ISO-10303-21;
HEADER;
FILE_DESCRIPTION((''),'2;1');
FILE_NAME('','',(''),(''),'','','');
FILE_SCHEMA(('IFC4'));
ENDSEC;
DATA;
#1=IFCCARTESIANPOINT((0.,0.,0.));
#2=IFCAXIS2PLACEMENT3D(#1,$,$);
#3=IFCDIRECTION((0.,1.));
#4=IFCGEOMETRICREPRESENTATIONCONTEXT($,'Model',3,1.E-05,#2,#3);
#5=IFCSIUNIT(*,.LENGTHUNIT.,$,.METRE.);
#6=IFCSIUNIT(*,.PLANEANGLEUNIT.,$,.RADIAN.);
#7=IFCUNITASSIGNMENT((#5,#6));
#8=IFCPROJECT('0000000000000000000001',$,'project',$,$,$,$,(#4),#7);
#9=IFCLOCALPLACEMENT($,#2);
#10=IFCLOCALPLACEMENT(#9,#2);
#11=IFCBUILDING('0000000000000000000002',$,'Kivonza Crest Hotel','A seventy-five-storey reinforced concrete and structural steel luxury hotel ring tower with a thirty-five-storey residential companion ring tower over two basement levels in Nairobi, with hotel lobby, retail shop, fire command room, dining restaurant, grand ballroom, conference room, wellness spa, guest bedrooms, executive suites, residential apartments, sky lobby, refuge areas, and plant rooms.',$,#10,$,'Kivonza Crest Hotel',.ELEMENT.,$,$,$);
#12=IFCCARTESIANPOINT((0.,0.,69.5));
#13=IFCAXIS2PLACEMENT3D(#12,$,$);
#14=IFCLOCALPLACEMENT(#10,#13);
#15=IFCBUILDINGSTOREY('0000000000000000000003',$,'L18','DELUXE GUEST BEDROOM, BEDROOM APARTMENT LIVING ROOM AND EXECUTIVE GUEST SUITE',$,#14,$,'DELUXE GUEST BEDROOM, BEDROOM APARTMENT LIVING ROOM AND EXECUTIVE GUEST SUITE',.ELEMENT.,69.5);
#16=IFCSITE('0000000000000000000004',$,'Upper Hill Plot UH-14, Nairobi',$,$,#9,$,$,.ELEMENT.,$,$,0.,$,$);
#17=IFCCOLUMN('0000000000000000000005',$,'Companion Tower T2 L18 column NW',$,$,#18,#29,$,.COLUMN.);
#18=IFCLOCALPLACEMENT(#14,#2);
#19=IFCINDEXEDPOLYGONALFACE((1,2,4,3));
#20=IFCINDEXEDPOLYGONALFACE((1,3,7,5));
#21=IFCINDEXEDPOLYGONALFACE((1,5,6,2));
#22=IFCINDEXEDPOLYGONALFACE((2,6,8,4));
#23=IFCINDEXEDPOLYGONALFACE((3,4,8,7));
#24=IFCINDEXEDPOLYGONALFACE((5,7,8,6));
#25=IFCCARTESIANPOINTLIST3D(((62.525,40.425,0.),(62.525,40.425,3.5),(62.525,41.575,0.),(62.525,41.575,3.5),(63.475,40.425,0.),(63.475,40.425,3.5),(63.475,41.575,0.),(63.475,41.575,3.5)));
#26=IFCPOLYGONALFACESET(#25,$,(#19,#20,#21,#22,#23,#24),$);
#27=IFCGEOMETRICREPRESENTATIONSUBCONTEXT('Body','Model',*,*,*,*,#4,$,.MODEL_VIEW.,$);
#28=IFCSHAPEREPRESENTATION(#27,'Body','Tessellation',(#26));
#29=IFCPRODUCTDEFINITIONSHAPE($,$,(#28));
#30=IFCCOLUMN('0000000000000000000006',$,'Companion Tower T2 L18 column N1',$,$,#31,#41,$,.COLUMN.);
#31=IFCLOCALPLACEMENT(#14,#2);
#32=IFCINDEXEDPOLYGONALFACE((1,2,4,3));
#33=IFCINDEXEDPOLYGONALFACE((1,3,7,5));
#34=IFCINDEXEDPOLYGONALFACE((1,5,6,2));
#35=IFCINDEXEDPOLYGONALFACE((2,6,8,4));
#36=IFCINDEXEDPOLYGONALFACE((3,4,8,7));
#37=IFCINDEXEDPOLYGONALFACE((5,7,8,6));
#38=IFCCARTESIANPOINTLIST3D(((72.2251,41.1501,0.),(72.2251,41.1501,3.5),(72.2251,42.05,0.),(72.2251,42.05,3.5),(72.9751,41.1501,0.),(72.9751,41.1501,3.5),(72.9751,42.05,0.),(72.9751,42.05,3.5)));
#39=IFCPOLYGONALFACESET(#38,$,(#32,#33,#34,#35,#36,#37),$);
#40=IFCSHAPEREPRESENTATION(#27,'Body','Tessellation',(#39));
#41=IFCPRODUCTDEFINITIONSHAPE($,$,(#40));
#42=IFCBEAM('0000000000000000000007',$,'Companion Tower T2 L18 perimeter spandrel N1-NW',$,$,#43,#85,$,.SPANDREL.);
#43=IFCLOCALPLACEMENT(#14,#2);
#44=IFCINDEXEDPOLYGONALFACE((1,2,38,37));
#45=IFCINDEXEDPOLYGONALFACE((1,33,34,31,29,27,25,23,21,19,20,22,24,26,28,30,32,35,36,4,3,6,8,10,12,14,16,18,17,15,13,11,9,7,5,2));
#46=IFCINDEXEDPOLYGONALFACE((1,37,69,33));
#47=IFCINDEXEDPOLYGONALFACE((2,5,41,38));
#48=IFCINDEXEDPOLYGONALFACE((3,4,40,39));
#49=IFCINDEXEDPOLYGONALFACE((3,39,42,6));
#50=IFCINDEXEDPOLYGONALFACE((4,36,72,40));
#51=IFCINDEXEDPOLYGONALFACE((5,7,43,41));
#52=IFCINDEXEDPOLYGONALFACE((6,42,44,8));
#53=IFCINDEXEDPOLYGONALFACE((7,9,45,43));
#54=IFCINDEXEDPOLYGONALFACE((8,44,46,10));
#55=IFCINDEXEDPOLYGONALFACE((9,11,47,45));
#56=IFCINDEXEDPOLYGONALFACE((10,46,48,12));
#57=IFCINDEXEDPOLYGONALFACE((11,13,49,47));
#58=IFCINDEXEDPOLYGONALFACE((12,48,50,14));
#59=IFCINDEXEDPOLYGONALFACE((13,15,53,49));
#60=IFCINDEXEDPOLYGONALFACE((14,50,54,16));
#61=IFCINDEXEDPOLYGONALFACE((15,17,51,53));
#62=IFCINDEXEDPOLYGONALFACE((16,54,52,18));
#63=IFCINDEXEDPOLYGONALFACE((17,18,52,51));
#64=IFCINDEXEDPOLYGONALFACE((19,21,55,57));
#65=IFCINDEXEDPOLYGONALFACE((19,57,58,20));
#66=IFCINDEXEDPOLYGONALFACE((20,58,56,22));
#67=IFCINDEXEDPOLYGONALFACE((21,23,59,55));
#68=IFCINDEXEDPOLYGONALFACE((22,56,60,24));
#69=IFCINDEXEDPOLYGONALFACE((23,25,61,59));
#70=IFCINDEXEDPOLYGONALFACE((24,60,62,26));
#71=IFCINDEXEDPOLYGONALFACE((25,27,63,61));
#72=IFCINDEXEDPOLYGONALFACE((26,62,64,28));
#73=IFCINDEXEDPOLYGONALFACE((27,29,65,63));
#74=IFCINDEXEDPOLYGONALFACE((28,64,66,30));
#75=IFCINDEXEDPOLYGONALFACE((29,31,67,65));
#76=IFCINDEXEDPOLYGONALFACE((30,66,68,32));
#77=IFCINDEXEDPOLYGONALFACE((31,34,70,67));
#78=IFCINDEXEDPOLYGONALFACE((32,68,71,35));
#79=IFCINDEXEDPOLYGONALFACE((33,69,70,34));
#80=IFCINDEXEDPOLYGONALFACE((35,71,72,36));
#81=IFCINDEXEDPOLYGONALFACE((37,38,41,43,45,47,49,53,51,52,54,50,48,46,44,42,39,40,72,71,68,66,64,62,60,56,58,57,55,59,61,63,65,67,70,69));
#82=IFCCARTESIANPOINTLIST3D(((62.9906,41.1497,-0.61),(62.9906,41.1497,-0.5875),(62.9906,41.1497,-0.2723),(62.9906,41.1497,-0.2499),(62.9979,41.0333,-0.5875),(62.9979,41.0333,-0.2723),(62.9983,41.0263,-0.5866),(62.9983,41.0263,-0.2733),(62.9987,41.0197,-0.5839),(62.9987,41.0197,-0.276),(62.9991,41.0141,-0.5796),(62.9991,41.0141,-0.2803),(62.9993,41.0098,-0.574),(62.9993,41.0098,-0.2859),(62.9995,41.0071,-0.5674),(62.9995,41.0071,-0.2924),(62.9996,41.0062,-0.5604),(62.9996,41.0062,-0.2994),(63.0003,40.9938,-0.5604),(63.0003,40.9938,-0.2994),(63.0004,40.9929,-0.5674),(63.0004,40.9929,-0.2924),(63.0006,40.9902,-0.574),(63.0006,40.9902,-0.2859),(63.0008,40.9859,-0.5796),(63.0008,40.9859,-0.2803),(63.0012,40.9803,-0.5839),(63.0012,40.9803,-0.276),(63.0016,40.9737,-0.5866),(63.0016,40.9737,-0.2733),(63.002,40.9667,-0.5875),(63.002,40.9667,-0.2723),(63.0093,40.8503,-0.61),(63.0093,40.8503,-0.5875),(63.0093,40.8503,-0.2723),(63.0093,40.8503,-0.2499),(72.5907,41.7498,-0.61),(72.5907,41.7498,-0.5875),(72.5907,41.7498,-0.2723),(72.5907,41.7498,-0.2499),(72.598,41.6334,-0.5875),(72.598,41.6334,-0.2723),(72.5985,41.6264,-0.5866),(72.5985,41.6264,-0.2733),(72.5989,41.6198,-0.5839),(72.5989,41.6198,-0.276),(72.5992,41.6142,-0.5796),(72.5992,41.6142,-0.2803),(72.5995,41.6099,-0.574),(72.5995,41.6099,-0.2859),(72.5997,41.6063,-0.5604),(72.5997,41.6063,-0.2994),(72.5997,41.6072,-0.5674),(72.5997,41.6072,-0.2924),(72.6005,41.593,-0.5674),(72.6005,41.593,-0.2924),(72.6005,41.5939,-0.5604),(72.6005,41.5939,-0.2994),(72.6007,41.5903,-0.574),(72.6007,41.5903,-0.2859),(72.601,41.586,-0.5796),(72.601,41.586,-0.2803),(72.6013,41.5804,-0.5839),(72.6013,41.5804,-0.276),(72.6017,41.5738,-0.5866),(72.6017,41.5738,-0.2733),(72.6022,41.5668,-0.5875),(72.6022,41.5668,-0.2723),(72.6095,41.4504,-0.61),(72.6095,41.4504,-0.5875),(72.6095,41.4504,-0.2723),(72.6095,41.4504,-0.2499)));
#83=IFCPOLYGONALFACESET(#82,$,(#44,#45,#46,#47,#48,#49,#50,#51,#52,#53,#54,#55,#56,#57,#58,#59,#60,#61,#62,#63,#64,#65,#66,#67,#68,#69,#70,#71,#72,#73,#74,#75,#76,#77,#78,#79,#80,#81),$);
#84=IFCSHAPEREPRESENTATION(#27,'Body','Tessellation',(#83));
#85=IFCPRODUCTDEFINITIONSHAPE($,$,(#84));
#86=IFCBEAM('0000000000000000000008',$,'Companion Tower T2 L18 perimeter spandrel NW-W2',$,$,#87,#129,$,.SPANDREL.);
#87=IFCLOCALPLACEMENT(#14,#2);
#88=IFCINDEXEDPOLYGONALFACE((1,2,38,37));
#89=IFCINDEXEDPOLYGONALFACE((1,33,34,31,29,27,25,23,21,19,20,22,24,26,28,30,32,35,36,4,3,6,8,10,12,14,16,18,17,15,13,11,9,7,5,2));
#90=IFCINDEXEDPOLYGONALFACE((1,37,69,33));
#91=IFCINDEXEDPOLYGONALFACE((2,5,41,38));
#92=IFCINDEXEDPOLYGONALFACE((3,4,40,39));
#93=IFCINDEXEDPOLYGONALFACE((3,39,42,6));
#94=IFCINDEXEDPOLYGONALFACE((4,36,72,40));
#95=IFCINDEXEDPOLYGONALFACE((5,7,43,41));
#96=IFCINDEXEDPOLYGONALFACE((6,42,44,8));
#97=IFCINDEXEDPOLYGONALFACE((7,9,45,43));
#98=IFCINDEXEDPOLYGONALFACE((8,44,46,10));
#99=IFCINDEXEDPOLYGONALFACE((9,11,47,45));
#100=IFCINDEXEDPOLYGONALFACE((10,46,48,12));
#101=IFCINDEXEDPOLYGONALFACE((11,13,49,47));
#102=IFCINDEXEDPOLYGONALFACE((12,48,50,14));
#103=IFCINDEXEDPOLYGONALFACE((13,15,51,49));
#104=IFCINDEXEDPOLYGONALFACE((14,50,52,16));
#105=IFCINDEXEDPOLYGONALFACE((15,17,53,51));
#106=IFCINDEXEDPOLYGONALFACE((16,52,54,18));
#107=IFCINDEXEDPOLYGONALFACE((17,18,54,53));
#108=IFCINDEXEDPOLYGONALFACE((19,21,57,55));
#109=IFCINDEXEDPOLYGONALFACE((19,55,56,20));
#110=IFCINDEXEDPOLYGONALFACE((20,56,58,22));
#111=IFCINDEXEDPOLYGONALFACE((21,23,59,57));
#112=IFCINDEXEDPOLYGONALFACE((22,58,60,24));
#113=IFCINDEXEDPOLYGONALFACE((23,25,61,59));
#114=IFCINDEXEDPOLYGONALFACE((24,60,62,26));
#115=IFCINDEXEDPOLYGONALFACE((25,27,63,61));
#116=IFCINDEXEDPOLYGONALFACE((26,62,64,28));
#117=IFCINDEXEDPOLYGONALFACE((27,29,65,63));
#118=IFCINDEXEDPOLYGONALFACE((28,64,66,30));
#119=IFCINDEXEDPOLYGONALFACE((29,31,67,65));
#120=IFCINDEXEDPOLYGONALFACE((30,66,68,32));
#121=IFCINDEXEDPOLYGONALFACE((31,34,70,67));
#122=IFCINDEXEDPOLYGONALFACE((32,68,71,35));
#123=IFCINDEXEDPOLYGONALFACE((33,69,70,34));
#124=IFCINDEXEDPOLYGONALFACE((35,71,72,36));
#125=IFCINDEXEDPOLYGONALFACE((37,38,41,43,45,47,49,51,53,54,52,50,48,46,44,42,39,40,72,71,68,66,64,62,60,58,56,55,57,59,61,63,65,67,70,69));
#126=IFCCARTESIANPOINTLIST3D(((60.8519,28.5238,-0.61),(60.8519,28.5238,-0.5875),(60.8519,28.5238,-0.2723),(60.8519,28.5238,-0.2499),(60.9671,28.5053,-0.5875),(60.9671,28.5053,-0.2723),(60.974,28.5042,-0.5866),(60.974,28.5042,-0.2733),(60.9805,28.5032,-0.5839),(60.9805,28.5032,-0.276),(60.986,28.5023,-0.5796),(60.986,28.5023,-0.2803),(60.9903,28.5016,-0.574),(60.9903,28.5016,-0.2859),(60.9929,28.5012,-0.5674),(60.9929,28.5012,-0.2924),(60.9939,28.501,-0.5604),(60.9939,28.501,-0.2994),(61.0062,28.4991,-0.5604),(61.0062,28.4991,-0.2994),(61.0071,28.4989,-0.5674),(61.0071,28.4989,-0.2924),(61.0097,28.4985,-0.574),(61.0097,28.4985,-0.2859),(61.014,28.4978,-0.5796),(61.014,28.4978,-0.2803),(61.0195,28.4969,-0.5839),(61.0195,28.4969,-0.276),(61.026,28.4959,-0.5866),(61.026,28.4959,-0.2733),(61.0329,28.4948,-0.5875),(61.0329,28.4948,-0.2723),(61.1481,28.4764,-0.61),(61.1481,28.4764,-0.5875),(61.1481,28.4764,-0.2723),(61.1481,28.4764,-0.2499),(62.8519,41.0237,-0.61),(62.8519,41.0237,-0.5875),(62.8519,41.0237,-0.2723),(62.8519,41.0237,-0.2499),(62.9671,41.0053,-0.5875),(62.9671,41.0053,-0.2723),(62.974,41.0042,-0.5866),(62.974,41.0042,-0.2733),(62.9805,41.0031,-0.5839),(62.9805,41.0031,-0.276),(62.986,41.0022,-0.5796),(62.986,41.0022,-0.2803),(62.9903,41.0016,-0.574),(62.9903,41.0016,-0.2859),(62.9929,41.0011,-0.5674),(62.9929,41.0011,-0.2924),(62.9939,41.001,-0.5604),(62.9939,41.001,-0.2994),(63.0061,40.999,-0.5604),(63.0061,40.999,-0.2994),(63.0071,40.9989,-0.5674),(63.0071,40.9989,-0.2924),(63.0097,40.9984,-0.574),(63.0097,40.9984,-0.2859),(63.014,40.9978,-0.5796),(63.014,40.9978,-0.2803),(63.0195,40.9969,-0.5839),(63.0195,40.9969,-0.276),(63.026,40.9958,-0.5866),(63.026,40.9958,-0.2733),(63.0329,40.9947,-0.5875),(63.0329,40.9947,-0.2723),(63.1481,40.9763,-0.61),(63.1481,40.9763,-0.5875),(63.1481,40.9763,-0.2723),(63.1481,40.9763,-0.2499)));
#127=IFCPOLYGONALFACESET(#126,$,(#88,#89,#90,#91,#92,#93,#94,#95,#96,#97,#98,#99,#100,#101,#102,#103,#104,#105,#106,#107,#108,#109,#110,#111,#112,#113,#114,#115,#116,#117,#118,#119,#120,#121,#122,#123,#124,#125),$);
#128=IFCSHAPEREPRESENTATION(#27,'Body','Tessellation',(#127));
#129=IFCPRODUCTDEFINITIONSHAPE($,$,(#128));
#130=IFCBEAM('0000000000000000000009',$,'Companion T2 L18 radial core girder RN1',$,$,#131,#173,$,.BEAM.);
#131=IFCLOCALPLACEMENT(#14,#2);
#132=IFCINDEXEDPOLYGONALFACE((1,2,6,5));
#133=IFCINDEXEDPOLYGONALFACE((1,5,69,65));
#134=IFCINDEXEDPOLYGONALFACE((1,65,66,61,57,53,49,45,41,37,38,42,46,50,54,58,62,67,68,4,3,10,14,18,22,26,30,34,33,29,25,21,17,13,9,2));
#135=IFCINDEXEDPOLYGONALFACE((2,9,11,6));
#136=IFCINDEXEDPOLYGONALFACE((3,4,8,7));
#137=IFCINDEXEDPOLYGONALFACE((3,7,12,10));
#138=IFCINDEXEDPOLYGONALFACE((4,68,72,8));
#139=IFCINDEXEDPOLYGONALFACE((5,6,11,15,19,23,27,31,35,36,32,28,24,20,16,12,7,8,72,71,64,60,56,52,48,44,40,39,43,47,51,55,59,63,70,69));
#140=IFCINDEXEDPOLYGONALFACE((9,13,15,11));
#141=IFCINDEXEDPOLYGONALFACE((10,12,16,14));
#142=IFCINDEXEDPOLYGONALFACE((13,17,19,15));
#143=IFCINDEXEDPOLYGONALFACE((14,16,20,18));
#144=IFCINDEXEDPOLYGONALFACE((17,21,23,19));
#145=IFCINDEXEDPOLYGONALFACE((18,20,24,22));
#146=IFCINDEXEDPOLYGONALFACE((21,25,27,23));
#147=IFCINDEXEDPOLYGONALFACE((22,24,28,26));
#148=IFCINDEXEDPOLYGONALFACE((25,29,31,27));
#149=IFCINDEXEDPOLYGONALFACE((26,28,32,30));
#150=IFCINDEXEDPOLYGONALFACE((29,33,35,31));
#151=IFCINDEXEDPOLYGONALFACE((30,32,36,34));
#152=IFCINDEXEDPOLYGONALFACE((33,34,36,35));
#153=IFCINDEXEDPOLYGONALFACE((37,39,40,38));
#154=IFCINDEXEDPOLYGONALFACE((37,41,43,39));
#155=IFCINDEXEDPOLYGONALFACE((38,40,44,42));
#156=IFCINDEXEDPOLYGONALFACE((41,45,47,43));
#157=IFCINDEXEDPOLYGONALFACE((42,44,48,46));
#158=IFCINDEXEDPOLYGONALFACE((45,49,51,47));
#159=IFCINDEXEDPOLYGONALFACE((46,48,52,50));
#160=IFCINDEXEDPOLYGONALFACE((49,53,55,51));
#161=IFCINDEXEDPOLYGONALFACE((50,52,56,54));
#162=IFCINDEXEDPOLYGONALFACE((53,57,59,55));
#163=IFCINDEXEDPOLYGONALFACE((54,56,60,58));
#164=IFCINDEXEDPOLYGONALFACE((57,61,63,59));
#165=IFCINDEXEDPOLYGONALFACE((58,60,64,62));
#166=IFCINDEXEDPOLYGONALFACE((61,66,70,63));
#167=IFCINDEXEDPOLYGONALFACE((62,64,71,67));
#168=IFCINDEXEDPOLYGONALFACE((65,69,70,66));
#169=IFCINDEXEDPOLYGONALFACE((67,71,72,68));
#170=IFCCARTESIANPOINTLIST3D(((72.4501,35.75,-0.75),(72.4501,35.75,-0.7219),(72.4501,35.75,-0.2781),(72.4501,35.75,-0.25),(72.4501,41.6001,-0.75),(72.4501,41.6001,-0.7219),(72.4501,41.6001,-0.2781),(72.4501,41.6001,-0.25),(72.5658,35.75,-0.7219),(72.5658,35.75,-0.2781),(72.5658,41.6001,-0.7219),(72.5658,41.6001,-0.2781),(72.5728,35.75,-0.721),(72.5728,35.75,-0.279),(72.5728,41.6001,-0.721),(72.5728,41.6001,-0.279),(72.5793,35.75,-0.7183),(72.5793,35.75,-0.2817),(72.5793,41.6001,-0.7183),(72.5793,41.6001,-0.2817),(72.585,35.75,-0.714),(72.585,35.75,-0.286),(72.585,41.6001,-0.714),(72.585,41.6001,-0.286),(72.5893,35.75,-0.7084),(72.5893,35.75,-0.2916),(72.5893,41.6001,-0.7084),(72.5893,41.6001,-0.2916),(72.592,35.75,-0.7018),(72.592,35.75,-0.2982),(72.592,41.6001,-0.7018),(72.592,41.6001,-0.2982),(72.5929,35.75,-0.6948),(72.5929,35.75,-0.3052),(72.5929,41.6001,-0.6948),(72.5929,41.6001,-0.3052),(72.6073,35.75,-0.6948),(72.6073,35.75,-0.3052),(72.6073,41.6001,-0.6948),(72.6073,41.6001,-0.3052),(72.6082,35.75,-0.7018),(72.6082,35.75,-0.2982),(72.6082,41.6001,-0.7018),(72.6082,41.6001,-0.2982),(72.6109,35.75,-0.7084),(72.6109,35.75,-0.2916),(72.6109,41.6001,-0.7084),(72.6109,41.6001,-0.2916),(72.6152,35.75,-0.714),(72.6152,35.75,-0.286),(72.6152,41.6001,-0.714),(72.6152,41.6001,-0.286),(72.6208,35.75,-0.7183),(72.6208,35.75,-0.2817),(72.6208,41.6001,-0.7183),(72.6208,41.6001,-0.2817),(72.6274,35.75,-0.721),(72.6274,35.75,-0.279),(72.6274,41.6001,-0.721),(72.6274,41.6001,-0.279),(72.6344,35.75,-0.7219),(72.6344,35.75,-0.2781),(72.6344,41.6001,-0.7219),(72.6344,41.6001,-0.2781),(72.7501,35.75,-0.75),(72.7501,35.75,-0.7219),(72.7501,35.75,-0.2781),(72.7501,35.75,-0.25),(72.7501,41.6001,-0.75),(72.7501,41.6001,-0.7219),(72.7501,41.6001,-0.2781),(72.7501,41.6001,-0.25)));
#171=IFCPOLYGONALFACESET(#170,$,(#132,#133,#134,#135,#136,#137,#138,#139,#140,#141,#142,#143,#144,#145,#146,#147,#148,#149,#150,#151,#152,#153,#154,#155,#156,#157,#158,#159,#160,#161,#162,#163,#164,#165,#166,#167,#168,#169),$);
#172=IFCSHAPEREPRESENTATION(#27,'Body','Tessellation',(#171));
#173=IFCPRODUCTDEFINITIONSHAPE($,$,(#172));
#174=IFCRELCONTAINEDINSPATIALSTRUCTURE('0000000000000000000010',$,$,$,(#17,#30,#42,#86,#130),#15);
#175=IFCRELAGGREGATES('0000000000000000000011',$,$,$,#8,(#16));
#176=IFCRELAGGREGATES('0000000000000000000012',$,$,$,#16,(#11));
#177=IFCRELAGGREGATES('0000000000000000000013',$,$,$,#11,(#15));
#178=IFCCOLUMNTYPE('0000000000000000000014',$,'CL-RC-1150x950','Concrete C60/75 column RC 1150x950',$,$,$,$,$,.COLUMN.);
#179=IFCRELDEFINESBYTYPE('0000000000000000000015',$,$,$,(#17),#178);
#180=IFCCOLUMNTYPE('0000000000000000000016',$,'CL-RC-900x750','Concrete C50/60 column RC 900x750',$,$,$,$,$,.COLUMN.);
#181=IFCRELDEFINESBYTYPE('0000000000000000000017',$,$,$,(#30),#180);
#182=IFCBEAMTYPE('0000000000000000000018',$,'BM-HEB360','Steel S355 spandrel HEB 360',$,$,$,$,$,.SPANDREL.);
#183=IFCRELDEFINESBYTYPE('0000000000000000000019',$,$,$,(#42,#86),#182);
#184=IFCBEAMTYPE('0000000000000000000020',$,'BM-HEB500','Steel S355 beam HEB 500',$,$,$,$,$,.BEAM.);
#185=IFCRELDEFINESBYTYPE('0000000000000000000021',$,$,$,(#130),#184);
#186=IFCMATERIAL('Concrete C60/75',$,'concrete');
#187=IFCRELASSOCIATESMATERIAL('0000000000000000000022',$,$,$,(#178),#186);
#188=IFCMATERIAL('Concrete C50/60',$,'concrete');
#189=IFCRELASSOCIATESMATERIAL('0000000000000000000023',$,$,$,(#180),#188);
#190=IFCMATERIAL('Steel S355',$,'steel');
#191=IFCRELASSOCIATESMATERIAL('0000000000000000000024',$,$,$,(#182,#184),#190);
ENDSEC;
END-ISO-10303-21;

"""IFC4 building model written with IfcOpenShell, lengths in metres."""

from ifc_helpers import new_model, si_unit, direction, frame, origin, origin_2d, place, context, subcontext, project, spatial, rectangle, i_section, extrude, material, material_profile, profile_set, type_object, element, save


model = new_model("IFC4")

# Units and contexts
model_context = context("Model", 3, precision=1e-05, world=origin(), true_north=direction((0.0, 1.0)))
body_context = subcontext(model_context, "Body", "Model", "MODEL_VIEW")
ifc_project = project(units=[si_unit("LENGTHUNIT", "METRE"), si_unit("PLANEANGLEUNIT", "RADIAN")], contexts=[model_context])

# Site, building, storey
site_placement = place(None, origin())
site = spatial("IfcSite", under=ifc_project, at=site_placement, Name="Upper Hill Plot UH-14, Nairobi", CompositionType="ELEMENT", RefElevation=0.0)
building_placement = place(site_placement, origin())
building = spatial("IfcBuilding", under=site, at=building_placement, Name="Kivonza Crest Hotel", Description="A seventy-five-storey reinforced concrete and structural steel luxury hotel ring tower with a thirty-five-storey residential companion ring tower over two basement levels in Nairobi, with hotel lobby, retail shop, fire command room, dining restaurant, grand ballroom, conference room, wellness spa, guest bedrooms, executive suites, residential apartments, sky lobby, refuge areas, and plant rooms.", LongName="Kivonza Crest Hotel", CompositionType="ELEMENT")
storey_placement = place(building_placement, frame((0.0, 0.0, 69.5)))
storey = spatial("IfcBuildingStorey", under=building, at=storey_placement, Name="L18", Description="DELUXE GUEST BEDROOM, BEDROOM APARTMENT LIVING ROOM AND EXECUTIVE GUEST SUITE", LongName="DELUXE GUEST BEDROOM, BEDROOM APARTMENT LIVING ROOM AND EXECUTIVE GUEST SUITE", CompositionType="ELEMENT", Elevation=69.5)

# Columns
ifc_material_1 = material(Name="Concrete C60/75", Category="concrete")
ifc_material_profile_1 = material_profile(ifc_material_1, rectangle(XDim=0.95, YDim=1.1499, at=origin_2d()), Name="RC 1150x950")
ifc_profile_set_1 = profile_set([ifc_material_profile_1], Name="Concrete C60/75")
column_type_1 = type_object("IfcColumnType", Name="CL-RC-1150x950", Description="Concrete C60/75 column RC 1150x950", PredefinedType="COLUMN", material=ifc_profile_set_1)
column_1_placement = place(storey_placement, frame((63.0, 41.0, 0.0), z_axis=(0.0, 0.0, 1.0), x_axis=(1.0, 0.0, 0.0)))
element("IfcColumn", 1, at=column_1_placement, inside=storey, type_object=column_type_1, Name="Companion Tower T2 L18 column NW", PredefinedType="COLUMN", context=body_context, shape_type="SweptSolid", body=[
    extrude(rectangle(XDim=0.95, YDim=1.1499, at=origin_2d()), origin(), (0.0, 0.0, 1.0), 3.5),
])
ifc_material_2 = material(Name="Concrete C50/60", Category="concrete")
ifc_material_profile_2 = material_profile(ifc_material_2, rectangle(XDim=0.75, YDim=0.8999, at=origin_2d()), Name="RC 900x750")
ifc_profile_set_2 = profile_set([ifc_material_profile_2], Name="Concrete C50/60")
column_type_2 = type_object("IfcColumnType", Name="CL-RC-900x750", Description="Concrete C50/60 column RC 900x750", PredefinedType="COLUMN", material=ifc_profile_set_2)
column_2_placement = place(storey_placement, frame((72.6001, 41.6001, 0.0), z_axis=(0.0, 0.0, 1.0), x_axis=(1.0, 0.0, 0.0)))
element("IfcColumn", 2, at=column_2_placement, inside=storey, type_object=column_type_2, Name="Companion Tower T2 L18 column N1", PredefinedType="COLUMN", context=body_context, shape_type="SweptSolid", body=[
    extrude(rectangle(XDim=0.75, YDim=0.8999, at=origin_2d()), origin(), (0.0, 0.0, 1.0), 3.5),
])

# Beams
ifc_material_3 = material(Name="Steel S355", Category="steel")
ifc_material_profile_3 = material_profile(ifc_material_3, i_section(OverallWidth=0.3, OverallDepth=0.3601, WebThickness=0.0125, FlangeThickness=0.0225, FilletRadius=0.0271, at=origin_2d()), Name="HEB 360")
ifc_profile_set_3 = profile_set([ifc_material_profile_3], Name="Steel S355")
beam_type_1 = type_object("IfcBeamType", Name="BM-HEB360", Description="Steel S355 spandrel HEB 360", PredefinedType="SPANDREL", material=ifc_profile_set_3)
beam_1_placement = place(storey_placement, frame((72.6001, 41.6001, -0.4299), z_axis=(-0.998052, -0.062388, 0.0), x_axis=(0.062388, -0.998052, 0.0)))
element("IfcBeam", 3, at=beam_1_placement, inside=storey, type_object=beam_type_1, Name="Companion Tower T2 L18 perimeter spandrel N1-NW", PredefinedType="SPANDREL", context=body_context, shape_type="SweptSolid", body=[
    extrude(i_section(OverallWidth=0.3, OverallDepth=0.3601, WebThickness=0.0125, FlangeThickness=0.0225, FilletRadius=0.0271, at=origin_2d()), origin(), (0.0, 0.0, 1.0), 9.6189),
])
beam_2_placement = place(storey_placement, frame((63.0, 41.0, -0.4299), z_axis=(-0.157991, -0.987441, 0.0), x_axis=(0.987441, -0.157991, 0.0)))
element("IfcBeam", 4, at=beam_2_placement, inside=storey, type_object=beam_type_1, Name="Companion Tower T2 L18 perimeter spandrel NW-W2", PredefinedType="SPANDREL", context=body_context, shape_type="SweptSolid", body=[
    extrude(i_section(OverallWidth=0.3, OverallDepth=0.3601, WebThickness=0.0125, FlangeThickness=0.0225, FilletRadius=0.0271, at=origin_2d()), origin(), (0.0, 0.0, 1.0), 12.6589),
])
ifc_material_profile_4 = material_profile(ifc_material_3, i_section(OverallWidth=0.3, OverallDepth=0.5, WebThickness=0.0144, FlangeThickness=0.0281, FilletRadius=0.0271, at=origin_2d()), Name="HEB 500")
ifc_profile_set_4 = profile_set([ifc_material_profile_4], Name="Steel S355")
beam_type_2 = type_object("IfcBeamType", Name="BM-HEB500", Description="Steel S355 beam HEB 500", PredefinedType="BEAM", material=ifc_profile_set_4)
beam_3_placement = place(storey_placement, frame((72.6001, 41.6001, -0.5), z_axis=(0.0, -1.0, 0.0), x_axis=(1.0, 0.0, 0.0)))
element("IfcBeam", 5, at=beam_3_placement, inside=storey, type_object=beam_type_2, Name="Companion T2 L18 radial core girder RN1", PredefinedType="BEAM", context=body_context, shape_type="SweptSolid", body=[
    extrude(i_section(OverallWidth=0.3, OverallDepth=0.5, WebThickness=0.0144, FlangeThickness=0.0281, FilletRadius=0.0271, at=origin_2d()), origin(), (0.0, 0.0, 1.0), 5.8501),
])

save(model, "model.ifc")
